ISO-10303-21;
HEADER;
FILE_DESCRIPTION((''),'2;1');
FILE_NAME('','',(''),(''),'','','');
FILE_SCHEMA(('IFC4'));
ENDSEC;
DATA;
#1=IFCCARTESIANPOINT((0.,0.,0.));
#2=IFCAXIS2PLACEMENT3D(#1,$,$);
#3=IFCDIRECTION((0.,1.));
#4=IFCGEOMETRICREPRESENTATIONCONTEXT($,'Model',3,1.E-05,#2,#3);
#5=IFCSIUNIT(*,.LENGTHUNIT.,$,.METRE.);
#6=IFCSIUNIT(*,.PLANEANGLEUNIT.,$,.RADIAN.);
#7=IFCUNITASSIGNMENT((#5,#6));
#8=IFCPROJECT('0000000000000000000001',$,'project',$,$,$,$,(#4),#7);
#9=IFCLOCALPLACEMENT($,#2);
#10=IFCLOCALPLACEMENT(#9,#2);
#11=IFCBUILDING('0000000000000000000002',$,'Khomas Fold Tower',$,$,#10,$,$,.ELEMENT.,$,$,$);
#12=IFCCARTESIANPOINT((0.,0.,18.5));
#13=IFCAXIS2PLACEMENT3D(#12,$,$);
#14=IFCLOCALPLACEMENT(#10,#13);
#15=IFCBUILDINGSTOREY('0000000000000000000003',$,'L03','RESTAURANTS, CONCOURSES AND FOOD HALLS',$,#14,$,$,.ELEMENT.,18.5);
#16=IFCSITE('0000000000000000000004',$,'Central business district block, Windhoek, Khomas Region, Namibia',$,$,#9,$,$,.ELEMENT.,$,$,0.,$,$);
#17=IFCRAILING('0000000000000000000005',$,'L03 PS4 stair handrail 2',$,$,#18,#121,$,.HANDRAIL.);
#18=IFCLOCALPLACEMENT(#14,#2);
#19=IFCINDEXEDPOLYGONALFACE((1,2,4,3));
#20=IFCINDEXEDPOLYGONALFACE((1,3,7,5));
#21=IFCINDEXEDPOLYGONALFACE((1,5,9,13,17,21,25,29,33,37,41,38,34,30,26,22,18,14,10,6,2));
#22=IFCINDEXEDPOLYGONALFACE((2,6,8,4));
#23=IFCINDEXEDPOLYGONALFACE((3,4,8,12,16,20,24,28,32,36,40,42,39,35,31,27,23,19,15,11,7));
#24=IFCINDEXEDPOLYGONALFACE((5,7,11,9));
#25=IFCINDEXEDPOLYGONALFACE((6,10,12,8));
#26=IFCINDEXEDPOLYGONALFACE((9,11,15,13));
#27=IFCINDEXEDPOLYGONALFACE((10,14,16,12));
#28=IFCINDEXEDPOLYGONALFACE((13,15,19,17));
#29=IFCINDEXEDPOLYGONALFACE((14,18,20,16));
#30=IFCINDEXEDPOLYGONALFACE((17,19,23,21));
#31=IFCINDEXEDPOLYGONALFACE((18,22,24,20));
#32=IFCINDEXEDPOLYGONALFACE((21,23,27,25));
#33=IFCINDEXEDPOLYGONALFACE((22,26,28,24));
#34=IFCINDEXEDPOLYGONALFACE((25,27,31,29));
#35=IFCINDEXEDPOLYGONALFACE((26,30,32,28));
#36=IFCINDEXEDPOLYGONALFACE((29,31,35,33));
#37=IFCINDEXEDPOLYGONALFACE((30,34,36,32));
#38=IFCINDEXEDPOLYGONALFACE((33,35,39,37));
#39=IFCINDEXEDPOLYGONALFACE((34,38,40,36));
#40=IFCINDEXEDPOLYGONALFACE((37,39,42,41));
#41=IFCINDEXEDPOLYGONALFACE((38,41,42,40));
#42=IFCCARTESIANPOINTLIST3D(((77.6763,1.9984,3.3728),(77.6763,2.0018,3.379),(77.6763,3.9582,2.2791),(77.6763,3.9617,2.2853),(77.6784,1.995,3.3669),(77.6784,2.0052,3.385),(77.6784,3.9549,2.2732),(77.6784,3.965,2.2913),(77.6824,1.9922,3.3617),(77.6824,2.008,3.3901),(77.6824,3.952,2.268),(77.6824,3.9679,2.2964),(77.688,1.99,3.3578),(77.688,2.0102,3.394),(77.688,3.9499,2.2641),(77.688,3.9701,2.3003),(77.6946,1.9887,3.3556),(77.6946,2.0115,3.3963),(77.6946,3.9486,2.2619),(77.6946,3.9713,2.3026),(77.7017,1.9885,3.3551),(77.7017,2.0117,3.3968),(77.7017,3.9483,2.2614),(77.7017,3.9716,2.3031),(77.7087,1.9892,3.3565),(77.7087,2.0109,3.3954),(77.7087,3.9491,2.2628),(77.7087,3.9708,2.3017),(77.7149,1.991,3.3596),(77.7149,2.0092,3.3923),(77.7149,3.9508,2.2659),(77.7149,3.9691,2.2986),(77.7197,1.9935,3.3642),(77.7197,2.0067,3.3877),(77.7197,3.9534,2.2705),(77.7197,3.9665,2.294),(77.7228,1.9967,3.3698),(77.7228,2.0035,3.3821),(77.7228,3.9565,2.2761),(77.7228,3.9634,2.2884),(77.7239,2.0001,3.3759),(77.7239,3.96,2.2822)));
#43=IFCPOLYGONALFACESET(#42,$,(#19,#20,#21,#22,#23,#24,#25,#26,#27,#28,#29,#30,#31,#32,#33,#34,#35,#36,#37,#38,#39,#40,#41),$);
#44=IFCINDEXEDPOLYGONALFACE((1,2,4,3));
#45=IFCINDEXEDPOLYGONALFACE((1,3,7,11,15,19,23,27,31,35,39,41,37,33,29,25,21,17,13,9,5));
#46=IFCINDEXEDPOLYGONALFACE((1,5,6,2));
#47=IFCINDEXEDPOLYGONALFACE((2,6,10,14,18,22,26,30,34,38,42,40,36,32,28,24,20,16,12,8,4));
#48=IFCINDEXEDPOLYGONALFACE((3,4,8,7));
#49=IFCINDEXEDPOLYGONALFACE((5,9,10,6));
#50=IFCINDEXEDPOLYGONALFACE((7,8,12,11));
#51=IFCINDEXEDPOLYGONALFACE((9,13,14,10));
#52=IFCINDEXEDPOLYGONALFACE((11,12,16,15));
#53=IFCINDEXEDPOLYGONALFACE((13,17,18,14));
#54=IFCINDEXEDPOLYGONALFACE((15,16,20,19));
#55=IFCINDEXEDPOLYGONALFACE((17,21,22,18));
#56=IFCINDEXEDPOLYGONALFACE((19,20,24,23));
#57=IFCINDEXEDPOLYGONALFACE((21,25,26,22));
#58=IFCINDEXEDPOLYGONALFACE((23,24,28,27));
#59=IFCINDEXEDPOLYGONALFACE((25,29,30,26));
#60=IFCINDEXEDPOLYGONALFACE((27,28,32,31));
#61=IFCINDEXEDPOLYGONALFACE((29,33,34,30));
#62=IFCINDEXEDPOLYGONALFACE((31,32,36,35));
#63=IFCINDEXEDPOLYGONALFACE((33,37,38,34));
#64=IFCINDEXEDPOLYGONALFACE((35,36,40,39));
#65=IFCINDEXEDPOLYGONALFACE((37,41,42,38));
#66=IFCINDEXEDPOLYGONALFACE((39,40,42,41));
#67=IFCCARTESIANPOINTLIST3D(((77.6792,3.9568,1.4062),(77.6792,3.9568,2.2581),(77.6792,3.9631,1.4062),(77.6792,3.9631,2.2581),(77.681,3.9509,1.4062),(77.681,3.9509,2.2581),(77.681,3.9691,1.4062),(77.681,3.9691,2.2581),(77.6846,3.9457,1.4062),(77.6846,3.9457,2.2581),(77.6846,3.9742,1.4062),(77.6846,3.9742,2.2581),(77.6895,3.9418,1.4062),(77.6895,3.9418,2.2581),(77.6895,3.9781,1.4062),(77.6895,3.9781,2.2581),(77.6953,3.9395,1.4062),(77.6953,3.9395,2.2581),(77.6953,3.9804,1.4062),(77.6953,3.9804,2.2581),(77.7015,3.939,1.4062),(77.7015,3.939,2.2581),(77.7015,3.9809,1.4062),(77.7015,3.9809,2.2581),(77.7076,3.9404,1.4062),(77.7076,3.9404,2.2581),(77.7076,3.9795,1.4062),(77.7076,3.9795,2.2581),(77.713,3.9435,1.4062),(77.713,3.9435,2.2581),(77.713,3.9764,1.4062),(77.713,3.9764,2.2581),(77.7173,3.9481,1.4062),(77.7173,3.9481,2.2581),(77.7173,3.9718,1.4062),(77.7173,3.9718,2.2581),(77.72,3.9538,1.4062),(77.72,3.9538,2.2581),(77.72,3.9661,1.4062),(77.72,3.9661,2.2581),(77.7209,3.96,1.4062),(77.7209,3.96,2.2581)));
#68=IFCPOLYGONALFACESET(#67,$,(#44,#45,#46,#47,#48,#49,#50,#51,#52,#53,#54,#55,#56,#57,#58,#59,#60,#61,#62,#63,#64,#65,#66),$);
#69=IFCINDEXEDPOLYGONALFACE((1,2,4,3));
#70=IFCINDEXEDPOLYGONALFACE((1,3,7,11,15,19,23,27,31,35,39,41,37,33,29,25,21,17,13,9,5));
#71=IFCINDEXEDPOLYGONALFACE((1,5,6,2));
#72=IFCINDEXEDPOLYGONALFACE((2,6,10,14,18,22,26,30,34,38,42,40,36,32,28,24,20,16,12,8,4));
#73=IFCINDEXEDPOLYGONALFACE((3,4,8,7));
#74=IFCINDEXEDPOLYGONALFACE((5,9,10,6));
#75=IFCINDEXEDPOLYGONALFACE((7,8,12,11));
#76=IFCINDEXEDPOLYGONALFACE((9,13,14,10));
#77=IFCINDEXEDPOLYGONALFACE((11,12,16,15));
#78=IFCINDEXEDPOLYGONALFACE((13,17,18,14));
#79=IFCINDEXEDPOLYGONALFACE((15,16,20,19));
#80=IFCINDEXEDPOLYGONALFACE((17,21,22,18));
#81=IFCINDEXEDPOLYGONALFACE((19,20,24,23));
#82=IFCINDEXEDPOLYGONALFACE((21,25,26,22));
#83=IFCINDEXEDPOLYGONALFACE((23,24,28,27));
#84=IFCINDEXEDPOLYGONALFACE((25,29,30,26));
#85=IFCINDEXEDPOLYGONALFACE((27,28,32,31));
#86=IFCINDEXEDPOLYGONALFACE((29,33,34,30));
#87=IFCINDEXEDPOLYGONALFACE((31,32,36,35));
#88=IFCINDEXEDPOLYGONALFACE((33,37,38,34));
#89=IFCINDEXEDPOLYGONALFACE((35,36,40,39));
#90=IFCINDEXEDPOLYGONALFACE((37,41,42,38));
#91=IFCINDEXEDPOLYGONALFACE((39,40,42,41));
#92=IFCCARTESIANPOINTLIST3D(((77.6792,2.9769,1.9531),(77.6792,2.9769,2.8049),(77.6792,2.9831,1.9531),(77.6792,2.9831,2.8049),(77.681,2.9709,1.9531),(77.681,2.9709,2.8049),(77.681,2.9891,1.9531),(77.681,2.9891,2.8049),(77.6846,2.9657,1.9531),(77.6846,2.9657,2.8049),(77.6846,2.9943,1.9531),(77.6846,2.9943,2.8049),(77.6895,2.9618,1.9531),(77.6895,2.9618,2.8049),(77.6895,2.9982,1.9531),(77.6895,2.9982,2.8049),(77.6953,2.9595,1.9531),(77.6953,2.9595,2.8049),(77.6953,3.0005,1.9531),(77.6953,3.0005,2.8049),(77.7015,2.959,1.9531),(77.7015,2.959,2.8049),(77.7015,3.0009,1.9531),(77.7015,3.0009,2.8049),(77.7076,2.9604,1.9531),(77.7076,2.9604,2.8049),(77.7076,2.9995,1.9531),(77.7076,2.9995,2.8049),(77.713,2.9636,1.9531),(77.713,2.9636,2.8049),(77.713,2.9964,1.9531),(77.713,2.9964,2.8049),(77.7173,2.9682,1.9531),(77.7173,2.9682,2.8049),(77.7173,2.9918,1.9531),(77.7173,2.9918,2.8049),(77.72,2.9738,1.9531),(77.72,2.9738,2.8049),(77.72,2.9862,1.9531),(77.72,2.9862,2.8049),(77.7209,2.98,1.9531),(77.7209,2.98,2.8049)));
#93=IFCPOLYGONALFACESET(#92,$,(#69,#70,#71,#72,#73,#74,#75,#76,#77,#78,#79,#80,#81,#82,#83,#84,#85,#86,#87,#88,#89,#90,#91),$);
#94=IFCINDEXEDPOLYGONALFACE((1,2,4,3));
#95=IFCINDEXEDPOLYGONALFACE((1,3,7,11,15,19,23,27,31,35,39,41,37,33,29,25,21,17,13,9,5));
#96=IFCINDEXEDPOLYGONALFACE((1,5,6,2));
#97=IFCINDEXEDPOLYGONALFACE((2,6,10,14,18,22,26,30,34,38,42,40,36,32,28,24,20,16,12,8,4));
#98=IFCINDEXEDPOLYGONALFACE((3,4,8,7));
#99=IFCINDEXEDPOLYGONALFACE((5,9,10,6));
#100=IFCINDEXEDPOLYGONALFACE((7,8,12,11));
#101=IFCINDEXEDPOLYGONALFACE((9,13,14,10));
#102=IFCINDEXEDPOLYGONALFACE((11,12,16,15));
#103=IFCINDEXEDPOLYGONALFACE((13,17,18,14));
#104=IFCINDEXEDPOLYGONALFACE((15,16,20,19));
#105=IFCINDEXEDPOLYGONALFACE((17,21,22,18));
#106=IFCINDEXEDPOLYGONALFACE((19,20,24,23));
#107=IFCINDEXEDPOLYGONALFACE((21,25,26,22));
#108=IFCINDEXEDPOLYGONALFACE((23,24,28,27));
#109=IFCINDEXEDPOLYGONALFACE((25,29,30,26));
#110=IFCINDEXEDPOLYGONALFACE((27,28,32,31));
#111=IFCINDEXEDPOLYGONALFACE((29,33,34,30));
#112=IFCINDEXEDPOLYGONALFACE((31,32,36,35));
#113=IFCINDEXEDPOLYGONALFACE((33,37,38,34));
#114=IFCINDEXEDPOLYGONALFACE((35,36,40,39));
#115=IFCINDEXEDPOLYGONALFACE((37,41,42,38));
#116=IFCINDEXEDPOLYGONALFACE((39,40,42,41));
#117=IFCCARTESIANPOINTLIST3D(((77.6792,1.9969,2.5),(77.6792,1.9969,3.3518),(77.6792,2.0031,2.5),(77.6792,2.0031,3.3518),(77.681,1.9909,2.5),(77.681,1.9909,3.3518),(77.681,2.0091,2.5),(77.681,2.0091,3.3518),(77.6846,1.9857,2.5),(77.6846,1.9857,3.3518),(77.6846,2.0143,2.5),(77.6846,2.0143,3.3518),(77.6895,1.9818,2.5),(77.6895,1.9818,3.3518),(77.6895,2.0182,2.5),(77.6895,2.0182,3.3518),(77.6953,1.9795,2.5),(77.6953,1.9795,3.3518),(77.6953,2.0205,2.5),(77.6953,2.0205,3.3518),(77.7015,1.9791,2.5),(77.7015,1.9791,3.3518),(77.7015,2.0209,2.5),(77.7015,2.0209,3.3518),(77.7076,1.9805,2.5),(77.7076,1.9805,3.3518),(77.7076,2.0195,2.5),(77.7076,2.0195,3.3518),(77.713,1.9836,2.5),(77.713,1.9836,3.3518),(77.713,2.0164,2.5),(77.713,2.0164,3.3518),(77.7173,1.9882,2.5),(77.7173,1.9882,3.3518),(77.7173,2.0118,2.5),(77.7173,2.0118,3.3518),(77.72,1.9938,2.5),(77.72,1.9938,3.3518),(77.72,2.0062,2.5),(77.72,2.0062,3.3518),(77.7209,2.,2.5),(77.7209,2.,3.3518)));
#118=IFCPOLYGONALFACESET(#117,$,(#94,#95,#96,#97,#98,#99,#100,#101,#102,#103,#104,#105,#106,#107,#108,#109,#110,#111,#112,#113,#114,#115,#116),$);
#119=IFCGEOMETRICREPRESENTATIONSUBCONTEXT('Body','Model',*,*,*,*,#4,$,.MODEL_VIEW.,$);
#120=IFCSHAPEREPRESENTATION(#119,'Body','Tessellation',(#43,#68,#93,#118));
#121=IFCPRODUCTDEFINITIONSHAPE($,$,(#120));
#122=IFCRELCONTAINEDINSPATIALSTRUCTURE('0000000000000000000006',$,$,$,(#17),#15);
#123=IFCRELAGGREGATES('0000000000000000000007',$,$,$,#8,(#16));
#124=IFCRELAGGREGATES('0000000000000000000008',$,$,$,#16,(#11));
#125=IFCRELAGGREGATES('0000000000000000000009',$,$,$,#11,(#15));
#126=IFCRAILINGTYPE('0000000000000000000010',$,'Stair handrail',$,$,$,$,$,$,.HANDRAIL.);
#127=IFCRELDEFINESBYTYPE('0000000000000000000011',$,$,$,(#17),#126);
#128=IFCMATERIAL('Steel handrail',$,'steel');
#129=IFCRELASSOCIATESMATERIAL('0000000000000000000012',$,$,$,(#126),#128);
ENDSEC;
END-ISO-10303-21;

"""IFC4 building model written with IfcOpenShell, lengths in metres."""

from ifc_helpers import new_model, si_unit, direction, frame, origin, origin_2d, place, context, subcontext, project, spatial, circle, extrude, source, transform, mapped, material, type_object, element, save


model = new_model("IFC4")

# Units and contexts
model_context = context("Model", 3, precision=1e-05, world=origin(), true_north=direction((0.0, 1.0)))
body_context = subcontext(model_context, "Body", "Model", "MODEL_VIEW")
ifc_project = project(units=[si_unit("LENGTHUNIT", "METRE"), si_unit("PLANEANGLEUNIT", "RADIAN")], contexts=[model_context])

# Site, building, storey
site_placement = place(None, origin())
site = spatial("IfcSite", under=ifc_project, at=site_placement, Name="Central business district block, Windhoek, Khomas Region, Namibia", CompositionType="ELEMENT", RefElevation=0.0)
building_placement = place(site_placement, origin())
building = spatial("IfcBuilding", under=site, at=building_placement, Name="Khomas Fold Tower", CompositionType="ELEMENT")
storey_placement = place(building_placement, frame((0.0, 0.0, 18.5)))
storey = spatial("IfcBuildingStorey", under=building, at=storey_placement, Name="L03", Description="RESTAURANTS, CONCOURSES AND FOOD HALLS", CompositionType="ELEMENT", Elevation=18.5)

# Railing
ifc_material_1 = material(Name="Steel handrail", Category="steel")
railing_type_1 = type_object("IfcRailingType", Name="Stair handrail", PredefinedType="HANDRAIL", material=ifc_material_1)
shared_shape_1 = source(origin(), body_context, "Body", "SweptSolid", [
    extrude(circle(Radius=0.0239, at=origin_2d()), frame((0.0, 0.0, 0.876), z_axis=(0.0, -0.873232, 0.487304), x_axis=(1.0, 0.0, 0.0)), (0.0, 0.0, 1.0), 2.2444),
    extrude(circle(Radius=0.021, at=origin_2d()), origin(), (0.0, 0.0, 1.0), 0.8518),
    extrude(circle(Radius=0.021, at=origin_2d()), frame((0.0, -0.98, 0.5469)), (0.0, 0.0, 1.0), 0.8518),
    extrude(circle(Radius=0.021, at=origin_2d()), frame((0.0, -1.96, 1.0938)), (0.0, 0.0, 1.0), 0.8518),
])
for number, where, name in (
    (1, (77.7, 3.96, 1.4062), "L03 PS4 stair handrail 2"),
):
    element("IfcRailing", number, at=place(storey_placement, frame(where)), inside=storey, type_object=railing_type_1, Name=name, PredefinedType="HANDRAIL", context=body_context, shape_type="MappedRepresentation", body=[
        mapped(shared_shape_1, transform((0.0, 0.0, 0.0))),
    ])

save(model, "model.ifc")
